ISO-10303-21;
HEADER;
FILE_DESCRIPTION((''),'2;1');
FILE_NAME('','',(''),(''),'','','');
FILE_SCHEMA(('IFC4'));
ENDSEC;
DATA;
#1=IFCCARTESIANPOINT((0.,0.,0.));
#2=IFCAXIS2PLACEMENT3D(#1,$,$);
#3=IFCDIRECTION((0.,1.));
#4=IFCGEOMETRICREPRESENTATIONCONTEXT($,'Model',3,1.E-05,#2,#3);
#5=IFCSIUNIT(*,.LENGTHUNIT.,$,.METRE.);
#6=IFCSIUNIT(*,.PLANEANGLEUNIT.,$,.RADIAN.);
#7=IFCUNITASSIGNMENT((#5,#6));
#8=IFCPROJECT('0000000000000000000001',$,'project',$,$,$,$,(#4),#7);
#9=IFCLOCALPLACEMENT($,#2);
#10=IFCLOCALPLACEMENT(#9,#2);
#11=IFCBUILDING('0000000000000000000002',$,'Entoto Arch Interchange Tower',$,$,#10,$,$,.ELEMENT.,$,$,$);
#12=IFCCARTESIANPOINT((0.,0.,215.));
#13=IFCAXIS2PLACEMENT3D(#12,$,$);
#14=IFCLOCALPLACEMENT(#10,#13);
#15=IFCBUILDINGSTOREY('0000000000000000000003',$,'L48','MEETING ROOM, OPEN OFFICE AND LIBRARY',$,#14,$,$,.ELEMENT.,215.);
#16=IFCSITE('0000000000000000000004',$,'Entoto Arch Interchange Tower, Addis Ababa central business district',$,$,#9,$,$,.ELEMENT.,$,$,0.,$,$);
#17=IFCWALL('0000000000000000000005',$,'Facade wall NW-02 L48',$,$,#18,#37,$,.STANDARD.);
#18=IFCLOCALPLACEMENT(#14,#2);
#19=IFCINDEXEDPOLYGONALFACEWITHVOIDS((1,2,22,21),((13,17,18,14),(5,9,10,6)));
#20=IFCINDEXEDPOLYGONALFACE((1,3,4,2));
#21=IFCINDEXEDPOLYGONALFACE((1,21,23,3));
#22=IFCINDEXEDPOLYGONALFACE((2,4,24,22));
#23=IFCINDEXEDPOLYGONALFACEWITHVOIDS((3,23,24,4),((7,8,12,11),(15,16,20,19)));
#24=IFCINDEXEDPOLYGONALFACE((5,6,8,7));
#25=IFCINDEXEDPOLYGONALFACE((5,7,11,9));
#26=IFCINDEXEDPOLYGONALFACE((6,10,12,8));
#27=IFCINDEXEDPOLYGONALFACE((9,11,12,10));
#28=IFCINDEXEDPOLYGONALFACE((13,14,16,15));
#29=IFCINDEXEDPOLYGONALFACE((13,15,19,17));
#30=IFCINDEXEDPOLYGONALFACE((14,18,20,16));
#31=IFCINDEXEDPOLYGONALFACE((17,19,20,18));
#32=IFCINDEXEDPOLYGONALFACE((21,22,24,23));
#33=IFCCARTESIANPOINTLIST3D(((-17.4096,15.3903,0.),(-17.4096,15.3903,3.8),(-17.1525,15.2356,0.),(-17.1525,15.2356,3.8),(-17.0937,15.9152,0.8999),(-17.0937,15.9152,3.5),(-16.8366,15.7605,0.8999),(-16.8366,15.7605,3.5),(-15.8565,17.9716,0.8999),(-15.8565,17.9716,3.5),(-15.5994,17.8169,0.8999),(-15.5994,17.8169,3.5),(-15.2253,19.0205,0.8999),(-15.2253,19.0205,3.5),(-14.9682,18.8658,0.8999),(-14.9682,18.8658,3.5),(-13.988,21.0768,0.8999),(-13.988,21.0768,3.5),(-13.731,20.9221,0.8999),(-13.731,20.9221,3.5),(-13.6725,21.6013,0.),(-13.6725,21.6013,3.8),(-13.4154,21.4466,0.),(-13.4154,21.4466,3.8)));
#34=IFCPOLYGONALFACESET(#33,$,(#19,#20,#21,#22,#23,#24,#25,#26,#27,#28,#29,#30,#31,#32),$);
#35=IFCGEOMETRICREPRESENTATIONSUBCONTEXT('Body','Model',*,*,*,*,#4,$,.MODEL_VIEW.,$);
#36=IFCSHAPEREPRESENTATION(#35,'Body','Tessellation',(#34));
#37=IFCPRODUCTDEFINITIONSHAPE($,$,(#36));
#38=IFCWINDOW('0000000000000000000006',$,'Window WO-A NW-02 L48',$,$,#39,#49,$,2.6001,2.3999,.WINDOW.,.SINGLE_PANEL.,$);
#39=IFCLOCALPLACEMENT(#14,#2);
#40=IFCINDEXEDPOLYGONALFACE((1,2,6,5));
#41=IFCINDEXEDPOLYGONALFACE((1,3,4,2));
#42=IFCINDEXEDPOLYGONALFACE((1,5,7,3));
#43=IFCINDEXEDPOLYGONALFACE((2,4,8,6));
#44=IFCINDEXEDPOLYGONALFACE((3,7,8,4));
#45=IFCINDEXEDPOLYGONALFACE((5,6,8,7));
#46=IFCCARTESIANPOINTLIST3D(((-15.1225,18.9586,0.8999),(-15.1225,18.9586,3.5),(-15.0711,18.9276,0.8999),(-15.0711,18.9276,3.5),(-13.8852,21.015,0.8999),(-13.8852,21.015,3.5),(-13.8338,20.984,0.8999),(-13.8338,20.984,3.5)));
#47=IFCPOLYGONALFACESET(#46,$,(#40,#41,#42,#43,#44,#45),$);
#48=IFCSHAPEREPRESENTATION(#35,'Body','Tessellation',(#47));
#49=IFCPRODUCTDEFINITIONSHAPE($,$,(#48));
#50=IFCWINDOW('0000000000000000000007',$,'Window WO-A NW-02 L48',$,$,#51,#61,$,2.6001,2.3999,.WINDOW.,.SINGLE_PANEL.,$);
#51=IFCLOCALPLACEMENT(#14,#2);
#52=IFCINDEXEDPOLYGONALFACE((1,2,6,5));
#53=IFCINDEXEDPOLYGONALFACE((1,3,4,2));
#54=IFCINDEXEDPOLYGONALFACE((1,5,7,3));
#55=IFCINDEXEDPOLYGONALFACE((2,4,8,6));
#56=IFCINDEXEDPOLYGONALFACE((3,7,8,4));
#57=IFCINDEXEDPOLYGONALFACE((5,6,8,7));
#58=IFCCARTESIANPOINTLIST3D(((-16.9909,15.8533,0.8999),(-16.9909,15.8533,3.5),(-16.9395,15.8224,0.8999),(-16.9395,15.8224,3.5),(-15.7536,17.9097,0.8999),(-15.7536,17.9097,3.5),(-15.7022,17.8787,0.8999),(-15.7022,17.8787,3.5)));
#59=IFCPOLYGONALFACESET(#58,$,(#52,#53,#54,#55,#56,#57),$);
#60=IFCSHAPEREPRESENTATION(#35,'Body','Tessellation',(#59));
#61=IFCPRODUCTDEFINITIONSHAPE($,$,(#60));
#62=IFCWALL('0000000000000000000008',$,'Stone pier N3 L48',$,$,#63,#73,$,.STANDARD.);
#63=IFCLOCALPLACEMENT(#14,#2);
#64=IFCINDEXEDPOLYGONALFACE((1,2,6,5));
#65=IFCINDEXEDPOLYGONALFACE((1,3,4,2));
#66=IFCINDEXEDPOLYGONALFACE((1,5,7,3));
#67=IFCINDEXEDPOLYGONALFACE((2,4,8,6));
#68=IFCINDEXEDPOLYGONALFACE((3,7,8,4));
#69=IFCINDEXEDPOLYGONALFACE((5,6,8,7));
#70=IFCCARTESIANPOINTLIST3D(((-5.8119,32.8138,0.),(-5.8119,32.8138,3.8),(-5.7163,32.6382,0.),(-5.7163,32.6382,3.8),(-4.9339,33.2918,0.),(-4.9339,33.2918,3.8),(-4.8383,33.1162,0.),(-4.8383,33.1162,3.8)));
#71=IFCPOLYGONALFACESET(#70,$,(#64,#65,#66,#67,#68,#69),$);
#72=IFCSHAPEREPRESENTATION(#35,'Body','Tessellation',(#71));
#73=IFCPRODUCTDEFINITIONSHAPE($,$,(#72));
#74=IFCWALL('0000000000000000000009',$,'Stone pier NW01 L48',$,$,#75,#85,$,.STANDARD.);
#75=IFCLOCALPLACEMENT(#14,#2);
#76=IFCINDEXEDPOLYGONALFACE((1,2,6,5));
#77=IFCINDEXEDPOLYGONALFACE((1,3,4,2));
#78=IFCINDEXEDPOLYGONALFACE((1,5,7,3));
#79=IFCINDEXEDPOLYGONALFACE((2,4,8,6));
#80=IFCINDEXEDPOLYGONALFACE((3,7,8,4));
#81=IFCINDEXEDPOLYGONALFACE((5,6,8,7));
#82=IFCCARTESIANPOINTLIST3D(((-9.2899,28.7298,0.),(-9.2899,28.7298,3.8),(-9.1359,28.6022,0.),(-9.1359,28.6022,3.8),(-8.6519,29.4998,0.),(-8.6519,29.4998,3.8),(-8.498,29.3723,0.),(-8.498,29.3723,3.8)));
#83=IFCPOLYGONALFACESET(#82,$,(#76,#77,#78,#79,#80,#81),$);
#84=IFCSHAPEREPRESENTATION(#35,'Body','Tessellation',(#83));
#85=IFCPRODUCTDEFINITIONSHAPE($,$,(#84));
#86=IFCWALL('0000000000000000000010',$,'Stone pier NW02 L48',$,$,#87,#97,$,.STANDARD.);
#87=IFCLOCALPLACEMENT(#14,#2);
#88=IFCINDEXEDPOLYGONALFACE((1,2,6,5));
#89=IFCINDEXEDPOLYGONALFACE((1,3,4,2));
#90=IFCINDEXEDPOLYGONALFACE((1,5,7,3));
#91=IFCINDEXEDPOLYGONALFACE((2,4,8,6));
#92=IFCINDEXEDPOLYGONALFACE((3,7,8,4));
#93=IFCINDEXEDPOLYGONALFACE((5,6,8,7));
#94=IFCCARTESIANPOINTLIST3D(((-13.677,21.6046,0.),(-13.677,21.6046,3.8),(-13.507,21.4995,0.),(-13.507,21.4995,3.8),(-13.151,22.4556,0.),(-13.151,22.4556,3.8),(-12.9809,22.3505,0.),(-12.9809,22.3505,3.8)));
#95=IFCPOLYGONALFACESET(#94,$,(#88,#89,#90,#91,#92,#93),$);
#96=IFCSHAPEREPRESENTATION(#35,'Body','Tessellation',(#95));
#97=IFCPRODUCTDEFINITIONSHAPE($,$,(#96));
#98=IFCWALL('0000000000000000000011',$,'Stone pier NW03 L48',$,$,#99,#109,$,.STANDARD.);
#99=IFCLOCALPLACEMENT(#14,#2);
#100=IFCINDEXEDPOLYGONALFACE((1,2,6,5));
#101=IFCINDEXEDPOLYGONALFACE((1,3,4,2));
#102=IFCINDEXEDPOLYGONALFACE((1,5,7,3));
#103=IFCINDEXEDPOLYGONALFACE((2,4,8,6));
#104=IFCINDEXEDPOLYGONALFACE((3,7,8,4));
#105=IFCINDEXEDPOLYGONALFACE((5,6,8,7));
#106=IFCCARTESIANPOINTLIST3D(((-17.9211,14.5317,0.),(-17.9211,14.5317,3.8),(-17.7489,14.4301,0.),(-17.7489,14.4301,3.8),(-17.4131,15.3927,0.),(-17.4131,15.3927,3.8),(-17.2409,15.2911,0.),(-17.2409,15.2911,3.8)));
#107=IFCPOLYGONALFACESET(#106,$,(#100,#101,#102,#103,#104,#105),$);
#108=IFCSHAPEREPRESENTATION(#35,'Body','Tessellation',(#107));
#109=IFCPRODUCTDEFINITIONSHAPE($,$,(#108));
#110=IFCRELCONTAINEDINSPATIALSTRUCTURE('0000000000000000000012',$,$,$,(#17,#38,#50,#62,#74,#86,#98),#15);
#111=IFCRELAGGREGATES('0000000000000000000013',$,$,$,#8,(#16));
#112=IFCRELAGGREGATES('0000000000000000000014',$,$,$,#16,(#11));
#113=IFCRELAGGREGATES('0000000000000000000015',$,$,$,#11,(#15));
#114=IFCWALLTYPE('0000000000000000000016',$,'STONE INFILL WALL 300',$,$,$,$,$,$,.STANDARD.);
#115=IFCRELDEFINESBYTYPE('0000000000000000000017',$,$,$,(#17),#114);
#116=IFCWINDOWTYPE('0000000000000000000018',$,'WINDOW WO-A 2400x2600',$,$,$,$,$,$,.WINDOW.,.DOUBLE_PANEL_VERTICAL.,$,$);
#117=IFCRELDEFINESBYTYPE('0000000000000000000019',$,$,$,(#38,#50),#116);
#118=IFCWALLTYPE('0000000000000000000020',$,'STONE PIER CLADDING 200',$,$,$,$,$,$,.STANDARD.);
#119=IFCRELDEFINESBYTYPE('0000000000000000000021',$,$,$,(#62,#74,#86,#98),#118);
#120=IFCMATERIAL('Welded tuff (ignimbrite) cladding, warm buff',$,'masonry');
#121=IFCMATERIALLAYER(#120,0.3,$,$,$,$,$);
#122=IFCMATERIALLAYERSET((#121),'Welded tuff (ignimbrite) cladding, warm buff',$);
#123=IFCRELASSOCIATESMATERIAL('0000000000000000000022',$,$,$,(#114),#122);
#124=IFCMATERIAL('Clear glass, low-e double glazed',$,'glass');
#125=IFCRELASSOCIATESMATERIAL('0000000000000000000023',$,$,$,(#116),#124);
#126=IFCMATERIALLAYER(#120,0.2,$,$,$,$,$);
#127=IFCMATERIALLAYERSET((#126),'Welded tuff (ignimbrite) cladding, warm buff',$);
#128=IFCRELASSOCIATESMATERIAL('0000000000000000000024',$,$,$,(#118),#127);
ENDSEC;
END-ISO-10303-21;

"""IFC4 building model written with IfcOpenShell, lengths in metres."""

from ifc_helpers import new_model, si_unit, direction, frame, frame_2d, origin, place, context, subcontext, project, spatial, rectangle, extrude, material, layer, layer_set, type_object, element, fill, save


model = new_model("IFC4")

# Units and contexts
model_context = context("Model", 3, precision=1e-05, world=origin(), true_north=direction((0.0, 1.0)))
body_context = subcontext(model_context, "Body", "Model", "MODEL_VIEW")
ifc_project = project(units=[si_unit("LENGTHUNIT", "METRE"), si_unit("PLANEANGLEUNIT", "RADIAN")], contexts=[model_context])

# Site, building, storey
site_placement = place(None, origin())
site = spatial("IfcSite", under=ifc_project, at=site_placement, Name="Entoto Arch Interchange Tower, Addis Ababa central business district", CompositionType="ELEMENT", RefElevation=0.0)
building_placement = place(site_placement, origin())
building = spatial("IfcBuilding", under=site, at=building_placement, Name="Entoto Arch Interchange Tower", CompositionType="ELEMENT")
storey_placement = place(building_placement, frame((0.0, 0.0, 215.0)))
storey = spatial("IfcBuildingStorey", under=building, at=storey_placement, Name="L48", Description="MEETING ROOM, OPEN OFFICE AND LIBRARY", CompositionType="ELEMENT", Elevation=215.0)

# Shared definitions
ifc_material_1 = material(Name="Welded tuff (ignimbrite) cladding, warm buff", Category="masonry")
ifc_layer_1 = layer(ifc_material_1, 0.3)
ifc_layer_set_1 = layer_set([ifc_layer_1], Name="Welded tuff (ignimbrite) cladding, warm buff")
wall_type_1 = type_object("IfcWallType", Name="STONE INFILL WALL 300", PredefinedType="STANDARD", material=ifc_layer_set_1)
ifc_material_2 = material(Name="Clear glass, low-e double glazed", Category="glass")

# Wall, openings, windows
window_type_1 = type_object("IfcWindowType", Name="WINDOW WO-A 2400x2600", PartitioningType="DOUBLE_PANEL_VERTICAL", PredefinedType="WINDOW", material=ifc_material_2)
wall_1_placement = place(storey_placement, frame((-13.5439, 21.5239, 0.0), z_axis=(0.0, 0.0, 1.0), x_axis=(-0.51556, -0.856853, 0.0)))
wall_1 = element("IfcWall", 1, at=wall_1_placement, inside=storey, type_object=wall_type_1, Name="Facade wall NW-02 L48", PredefinedType="STANDARD", context=body_context, shape_type="SweptSolid", body=[
    extrude(rectangle(XDim=7.2485, YDim=0.3, at=frame_2d((3.6243, 0.0))), origin(), (0.0, 0.0, 1.0), 3.8),
])
opening_1_placement = place(wall_1_placement, frame((0.6121, 0.0, 0.8999)))
opening_1 = element("IfcOpeningElement", 2, at=opening_1_placement, cuts=wall_1, PredefinedType="OPENING", context=body_context, shape_type="SweptSolid", body=[
    extrude(rectangle(XDim=2.3999, YDim=2.6001, at=frame_2d((1.2, 1.3))), frame((0.0, 0.1602, 0.0), z_axis=(0.0, -1.0, 0.0), x_axis=(1.0, 0.0, 0.0)), (0.0, 0.0, 1.0), 0.3201),
])
opening_2_placement = place(wall_1_placement, frame((4.2361, 0.0, 0.8999)))
opening_2 = element("IfcOpeningElement", 3, at=opening_2_placement, cuts=wall_1, PredefinedType="OPENING", context=body_context, shape_type="SweptSolid", body=[
    extrude(rectangle(XDim=2.3999, YDim=2.6001, at=frame_2d((1.2, 1.3))), frame((0.0, 0.1602, 0.0), z_axis=(0.0, -1.0, 0.0), x_axis=(1.0, 0.0, 0.0)), (0.0, 0.0, 1.0), 0.3201),
])
window_1_placement = place(opening_1_placement, origin())
window_1 = element("IfcWindow", 4, at=window_1_placement, inside=storey, type_object=window_type_1, Name="Window WO-A NW-02 L48", OverallHeight=2.6001, OverallWidth=2.3999, PartitioningType="SINGLE_PANEL", PredefinedType="WINDOW", context=body_context, shape_type="SweptSolid", body=[
    extrude(rectangle(XDim=2.3999, YDim=2.6001, at=frame_2d((1.2, 1.3))), frame((0.0, 0.03, 0.0), z_axis=(0.0, -1.0, 0.0), x_axis=(1.0, 0.0, 0.0)), (0.0, 0.0, 1.0), 0.0601),
])
fill(opening_1, window_1)
window_2_placement = place(opening_2_placement, origin())
window_2 = element("IfcWindow", 5, at=window_2_placement, inside=storey, type_object=window_type_1, Name="Window WO-A NW-02 L48", OverallHeight=2.6001, OverallWidth=2.3999, PartitioningType="SINGLE_PANEL", PredefinedType="WINDOW", context=body_context, shape_type="SweptSolid", body=[
    extrude(rectangle(XDim=2.3999, YDim=2.6001, at=frame_2d((1.2, 1.3))), frame((0.0, 0.03, 0.0), z_axis=(0.0, -1.0, 0.0), x_axis=(1.0, 0.0, 0.0)), (0.0, 0.0, 1.0), 0.0601),
])
fill(opening_2, window_2)

# Walls
ifc_layer_2 = layer(ifc_material_1, 0.2)
ifc_layer_set_2 = layer_set([ifc_layer_2], Name="Welded tuff (ignimbrite) cladding, warm buff")
wall_type_2 = type_object("IfcWallType", Name="STONE PIER CLADDING 200", PredefinedType="STANDARD", material=ifc_layer_set_2)
wall_2_placement = place(storey_placement, frame((-4.886, 33.2041, 0.0), z_axis=(0.0, 0.0, 1.0), x_axis=(-0.87825, -0.478202, 0.0)))
element("IfcWall", 6, at=wall_2_placement, inside=storey, type_object=wall_type_2, Name="Stone pier N3 L48", PredefinedType="STANDARD", context=body_context, shape_type="SweptSolid", body=[
    extrude(rectangle(XDim=0.9998, YDim=0.2, at=frame_2d((0.5, 0.0))), origin(), (0.0, 0.0, 1.0), 3.8),
])
wall_3_placement = place(storey_placement, frame((-8.575, 29.436, 0.0), z_axis=(0.0, 0.0, 1.0), x_axis=(-0.637972, -0.770059, 0.0)))
element("IfcWall", 7, at=wall_3_placement, inside=storey, type_object=wall_type_2, Name="Stone pier NW01 L48", PredefinedType="STANDARD", context=body_context, shape_type="SweptSolid", body=[
    extrude(rectangle(XDim=1.0, YDim=0.2, at=frame_2d((0.5, 0.0))), origin(), (0.0, 0.0, 1.0), 3.8),
])
wall_4_placement = place(storey_placement, frame((-13.0659, 22.4031, 0.0), z_axis=(0.0, 0.0, 1.0), x_axis=(-0.525825, -0.850593, 0.0)))
element("IfcWall", 8, at=wall_4_placement, inside=storey, type_object=wall_type_2, Name="Stone pier NW02 L48", PredefinedType="STANDARD", context=body_context, shape_type="SweptSolid", body=[
    extrude(rectangle(XDim=1.0005, YDim=0.2, at=frame_2d((0.5002, 0.0))), origin(), (0.0, 0.0, 1.0), 3.8),
])
wall_5_placement = place(storey_placement, frame((-17.3269, 15.342, 0.0), z_axis=(0.0, 0.0, 1.0), x_axis=(-0.508162, -0.861262, 0.0)))
element("IfcWall", 9, at=wall_5_placement, inside=storey, type_object=wall_type_2, Name="Stone pier NW03 L48", PredefinedType="STANDARD", context=body_context, shape_type="SweptSolid", body=[
    extrude(rectangle(XDim=0.9998, YDim=0.2, at=frame_2d((0.5, 0.0))), origin(), (0.0, 0.0, 1.0), 3.8),
])

save(model, "model.ifc")
